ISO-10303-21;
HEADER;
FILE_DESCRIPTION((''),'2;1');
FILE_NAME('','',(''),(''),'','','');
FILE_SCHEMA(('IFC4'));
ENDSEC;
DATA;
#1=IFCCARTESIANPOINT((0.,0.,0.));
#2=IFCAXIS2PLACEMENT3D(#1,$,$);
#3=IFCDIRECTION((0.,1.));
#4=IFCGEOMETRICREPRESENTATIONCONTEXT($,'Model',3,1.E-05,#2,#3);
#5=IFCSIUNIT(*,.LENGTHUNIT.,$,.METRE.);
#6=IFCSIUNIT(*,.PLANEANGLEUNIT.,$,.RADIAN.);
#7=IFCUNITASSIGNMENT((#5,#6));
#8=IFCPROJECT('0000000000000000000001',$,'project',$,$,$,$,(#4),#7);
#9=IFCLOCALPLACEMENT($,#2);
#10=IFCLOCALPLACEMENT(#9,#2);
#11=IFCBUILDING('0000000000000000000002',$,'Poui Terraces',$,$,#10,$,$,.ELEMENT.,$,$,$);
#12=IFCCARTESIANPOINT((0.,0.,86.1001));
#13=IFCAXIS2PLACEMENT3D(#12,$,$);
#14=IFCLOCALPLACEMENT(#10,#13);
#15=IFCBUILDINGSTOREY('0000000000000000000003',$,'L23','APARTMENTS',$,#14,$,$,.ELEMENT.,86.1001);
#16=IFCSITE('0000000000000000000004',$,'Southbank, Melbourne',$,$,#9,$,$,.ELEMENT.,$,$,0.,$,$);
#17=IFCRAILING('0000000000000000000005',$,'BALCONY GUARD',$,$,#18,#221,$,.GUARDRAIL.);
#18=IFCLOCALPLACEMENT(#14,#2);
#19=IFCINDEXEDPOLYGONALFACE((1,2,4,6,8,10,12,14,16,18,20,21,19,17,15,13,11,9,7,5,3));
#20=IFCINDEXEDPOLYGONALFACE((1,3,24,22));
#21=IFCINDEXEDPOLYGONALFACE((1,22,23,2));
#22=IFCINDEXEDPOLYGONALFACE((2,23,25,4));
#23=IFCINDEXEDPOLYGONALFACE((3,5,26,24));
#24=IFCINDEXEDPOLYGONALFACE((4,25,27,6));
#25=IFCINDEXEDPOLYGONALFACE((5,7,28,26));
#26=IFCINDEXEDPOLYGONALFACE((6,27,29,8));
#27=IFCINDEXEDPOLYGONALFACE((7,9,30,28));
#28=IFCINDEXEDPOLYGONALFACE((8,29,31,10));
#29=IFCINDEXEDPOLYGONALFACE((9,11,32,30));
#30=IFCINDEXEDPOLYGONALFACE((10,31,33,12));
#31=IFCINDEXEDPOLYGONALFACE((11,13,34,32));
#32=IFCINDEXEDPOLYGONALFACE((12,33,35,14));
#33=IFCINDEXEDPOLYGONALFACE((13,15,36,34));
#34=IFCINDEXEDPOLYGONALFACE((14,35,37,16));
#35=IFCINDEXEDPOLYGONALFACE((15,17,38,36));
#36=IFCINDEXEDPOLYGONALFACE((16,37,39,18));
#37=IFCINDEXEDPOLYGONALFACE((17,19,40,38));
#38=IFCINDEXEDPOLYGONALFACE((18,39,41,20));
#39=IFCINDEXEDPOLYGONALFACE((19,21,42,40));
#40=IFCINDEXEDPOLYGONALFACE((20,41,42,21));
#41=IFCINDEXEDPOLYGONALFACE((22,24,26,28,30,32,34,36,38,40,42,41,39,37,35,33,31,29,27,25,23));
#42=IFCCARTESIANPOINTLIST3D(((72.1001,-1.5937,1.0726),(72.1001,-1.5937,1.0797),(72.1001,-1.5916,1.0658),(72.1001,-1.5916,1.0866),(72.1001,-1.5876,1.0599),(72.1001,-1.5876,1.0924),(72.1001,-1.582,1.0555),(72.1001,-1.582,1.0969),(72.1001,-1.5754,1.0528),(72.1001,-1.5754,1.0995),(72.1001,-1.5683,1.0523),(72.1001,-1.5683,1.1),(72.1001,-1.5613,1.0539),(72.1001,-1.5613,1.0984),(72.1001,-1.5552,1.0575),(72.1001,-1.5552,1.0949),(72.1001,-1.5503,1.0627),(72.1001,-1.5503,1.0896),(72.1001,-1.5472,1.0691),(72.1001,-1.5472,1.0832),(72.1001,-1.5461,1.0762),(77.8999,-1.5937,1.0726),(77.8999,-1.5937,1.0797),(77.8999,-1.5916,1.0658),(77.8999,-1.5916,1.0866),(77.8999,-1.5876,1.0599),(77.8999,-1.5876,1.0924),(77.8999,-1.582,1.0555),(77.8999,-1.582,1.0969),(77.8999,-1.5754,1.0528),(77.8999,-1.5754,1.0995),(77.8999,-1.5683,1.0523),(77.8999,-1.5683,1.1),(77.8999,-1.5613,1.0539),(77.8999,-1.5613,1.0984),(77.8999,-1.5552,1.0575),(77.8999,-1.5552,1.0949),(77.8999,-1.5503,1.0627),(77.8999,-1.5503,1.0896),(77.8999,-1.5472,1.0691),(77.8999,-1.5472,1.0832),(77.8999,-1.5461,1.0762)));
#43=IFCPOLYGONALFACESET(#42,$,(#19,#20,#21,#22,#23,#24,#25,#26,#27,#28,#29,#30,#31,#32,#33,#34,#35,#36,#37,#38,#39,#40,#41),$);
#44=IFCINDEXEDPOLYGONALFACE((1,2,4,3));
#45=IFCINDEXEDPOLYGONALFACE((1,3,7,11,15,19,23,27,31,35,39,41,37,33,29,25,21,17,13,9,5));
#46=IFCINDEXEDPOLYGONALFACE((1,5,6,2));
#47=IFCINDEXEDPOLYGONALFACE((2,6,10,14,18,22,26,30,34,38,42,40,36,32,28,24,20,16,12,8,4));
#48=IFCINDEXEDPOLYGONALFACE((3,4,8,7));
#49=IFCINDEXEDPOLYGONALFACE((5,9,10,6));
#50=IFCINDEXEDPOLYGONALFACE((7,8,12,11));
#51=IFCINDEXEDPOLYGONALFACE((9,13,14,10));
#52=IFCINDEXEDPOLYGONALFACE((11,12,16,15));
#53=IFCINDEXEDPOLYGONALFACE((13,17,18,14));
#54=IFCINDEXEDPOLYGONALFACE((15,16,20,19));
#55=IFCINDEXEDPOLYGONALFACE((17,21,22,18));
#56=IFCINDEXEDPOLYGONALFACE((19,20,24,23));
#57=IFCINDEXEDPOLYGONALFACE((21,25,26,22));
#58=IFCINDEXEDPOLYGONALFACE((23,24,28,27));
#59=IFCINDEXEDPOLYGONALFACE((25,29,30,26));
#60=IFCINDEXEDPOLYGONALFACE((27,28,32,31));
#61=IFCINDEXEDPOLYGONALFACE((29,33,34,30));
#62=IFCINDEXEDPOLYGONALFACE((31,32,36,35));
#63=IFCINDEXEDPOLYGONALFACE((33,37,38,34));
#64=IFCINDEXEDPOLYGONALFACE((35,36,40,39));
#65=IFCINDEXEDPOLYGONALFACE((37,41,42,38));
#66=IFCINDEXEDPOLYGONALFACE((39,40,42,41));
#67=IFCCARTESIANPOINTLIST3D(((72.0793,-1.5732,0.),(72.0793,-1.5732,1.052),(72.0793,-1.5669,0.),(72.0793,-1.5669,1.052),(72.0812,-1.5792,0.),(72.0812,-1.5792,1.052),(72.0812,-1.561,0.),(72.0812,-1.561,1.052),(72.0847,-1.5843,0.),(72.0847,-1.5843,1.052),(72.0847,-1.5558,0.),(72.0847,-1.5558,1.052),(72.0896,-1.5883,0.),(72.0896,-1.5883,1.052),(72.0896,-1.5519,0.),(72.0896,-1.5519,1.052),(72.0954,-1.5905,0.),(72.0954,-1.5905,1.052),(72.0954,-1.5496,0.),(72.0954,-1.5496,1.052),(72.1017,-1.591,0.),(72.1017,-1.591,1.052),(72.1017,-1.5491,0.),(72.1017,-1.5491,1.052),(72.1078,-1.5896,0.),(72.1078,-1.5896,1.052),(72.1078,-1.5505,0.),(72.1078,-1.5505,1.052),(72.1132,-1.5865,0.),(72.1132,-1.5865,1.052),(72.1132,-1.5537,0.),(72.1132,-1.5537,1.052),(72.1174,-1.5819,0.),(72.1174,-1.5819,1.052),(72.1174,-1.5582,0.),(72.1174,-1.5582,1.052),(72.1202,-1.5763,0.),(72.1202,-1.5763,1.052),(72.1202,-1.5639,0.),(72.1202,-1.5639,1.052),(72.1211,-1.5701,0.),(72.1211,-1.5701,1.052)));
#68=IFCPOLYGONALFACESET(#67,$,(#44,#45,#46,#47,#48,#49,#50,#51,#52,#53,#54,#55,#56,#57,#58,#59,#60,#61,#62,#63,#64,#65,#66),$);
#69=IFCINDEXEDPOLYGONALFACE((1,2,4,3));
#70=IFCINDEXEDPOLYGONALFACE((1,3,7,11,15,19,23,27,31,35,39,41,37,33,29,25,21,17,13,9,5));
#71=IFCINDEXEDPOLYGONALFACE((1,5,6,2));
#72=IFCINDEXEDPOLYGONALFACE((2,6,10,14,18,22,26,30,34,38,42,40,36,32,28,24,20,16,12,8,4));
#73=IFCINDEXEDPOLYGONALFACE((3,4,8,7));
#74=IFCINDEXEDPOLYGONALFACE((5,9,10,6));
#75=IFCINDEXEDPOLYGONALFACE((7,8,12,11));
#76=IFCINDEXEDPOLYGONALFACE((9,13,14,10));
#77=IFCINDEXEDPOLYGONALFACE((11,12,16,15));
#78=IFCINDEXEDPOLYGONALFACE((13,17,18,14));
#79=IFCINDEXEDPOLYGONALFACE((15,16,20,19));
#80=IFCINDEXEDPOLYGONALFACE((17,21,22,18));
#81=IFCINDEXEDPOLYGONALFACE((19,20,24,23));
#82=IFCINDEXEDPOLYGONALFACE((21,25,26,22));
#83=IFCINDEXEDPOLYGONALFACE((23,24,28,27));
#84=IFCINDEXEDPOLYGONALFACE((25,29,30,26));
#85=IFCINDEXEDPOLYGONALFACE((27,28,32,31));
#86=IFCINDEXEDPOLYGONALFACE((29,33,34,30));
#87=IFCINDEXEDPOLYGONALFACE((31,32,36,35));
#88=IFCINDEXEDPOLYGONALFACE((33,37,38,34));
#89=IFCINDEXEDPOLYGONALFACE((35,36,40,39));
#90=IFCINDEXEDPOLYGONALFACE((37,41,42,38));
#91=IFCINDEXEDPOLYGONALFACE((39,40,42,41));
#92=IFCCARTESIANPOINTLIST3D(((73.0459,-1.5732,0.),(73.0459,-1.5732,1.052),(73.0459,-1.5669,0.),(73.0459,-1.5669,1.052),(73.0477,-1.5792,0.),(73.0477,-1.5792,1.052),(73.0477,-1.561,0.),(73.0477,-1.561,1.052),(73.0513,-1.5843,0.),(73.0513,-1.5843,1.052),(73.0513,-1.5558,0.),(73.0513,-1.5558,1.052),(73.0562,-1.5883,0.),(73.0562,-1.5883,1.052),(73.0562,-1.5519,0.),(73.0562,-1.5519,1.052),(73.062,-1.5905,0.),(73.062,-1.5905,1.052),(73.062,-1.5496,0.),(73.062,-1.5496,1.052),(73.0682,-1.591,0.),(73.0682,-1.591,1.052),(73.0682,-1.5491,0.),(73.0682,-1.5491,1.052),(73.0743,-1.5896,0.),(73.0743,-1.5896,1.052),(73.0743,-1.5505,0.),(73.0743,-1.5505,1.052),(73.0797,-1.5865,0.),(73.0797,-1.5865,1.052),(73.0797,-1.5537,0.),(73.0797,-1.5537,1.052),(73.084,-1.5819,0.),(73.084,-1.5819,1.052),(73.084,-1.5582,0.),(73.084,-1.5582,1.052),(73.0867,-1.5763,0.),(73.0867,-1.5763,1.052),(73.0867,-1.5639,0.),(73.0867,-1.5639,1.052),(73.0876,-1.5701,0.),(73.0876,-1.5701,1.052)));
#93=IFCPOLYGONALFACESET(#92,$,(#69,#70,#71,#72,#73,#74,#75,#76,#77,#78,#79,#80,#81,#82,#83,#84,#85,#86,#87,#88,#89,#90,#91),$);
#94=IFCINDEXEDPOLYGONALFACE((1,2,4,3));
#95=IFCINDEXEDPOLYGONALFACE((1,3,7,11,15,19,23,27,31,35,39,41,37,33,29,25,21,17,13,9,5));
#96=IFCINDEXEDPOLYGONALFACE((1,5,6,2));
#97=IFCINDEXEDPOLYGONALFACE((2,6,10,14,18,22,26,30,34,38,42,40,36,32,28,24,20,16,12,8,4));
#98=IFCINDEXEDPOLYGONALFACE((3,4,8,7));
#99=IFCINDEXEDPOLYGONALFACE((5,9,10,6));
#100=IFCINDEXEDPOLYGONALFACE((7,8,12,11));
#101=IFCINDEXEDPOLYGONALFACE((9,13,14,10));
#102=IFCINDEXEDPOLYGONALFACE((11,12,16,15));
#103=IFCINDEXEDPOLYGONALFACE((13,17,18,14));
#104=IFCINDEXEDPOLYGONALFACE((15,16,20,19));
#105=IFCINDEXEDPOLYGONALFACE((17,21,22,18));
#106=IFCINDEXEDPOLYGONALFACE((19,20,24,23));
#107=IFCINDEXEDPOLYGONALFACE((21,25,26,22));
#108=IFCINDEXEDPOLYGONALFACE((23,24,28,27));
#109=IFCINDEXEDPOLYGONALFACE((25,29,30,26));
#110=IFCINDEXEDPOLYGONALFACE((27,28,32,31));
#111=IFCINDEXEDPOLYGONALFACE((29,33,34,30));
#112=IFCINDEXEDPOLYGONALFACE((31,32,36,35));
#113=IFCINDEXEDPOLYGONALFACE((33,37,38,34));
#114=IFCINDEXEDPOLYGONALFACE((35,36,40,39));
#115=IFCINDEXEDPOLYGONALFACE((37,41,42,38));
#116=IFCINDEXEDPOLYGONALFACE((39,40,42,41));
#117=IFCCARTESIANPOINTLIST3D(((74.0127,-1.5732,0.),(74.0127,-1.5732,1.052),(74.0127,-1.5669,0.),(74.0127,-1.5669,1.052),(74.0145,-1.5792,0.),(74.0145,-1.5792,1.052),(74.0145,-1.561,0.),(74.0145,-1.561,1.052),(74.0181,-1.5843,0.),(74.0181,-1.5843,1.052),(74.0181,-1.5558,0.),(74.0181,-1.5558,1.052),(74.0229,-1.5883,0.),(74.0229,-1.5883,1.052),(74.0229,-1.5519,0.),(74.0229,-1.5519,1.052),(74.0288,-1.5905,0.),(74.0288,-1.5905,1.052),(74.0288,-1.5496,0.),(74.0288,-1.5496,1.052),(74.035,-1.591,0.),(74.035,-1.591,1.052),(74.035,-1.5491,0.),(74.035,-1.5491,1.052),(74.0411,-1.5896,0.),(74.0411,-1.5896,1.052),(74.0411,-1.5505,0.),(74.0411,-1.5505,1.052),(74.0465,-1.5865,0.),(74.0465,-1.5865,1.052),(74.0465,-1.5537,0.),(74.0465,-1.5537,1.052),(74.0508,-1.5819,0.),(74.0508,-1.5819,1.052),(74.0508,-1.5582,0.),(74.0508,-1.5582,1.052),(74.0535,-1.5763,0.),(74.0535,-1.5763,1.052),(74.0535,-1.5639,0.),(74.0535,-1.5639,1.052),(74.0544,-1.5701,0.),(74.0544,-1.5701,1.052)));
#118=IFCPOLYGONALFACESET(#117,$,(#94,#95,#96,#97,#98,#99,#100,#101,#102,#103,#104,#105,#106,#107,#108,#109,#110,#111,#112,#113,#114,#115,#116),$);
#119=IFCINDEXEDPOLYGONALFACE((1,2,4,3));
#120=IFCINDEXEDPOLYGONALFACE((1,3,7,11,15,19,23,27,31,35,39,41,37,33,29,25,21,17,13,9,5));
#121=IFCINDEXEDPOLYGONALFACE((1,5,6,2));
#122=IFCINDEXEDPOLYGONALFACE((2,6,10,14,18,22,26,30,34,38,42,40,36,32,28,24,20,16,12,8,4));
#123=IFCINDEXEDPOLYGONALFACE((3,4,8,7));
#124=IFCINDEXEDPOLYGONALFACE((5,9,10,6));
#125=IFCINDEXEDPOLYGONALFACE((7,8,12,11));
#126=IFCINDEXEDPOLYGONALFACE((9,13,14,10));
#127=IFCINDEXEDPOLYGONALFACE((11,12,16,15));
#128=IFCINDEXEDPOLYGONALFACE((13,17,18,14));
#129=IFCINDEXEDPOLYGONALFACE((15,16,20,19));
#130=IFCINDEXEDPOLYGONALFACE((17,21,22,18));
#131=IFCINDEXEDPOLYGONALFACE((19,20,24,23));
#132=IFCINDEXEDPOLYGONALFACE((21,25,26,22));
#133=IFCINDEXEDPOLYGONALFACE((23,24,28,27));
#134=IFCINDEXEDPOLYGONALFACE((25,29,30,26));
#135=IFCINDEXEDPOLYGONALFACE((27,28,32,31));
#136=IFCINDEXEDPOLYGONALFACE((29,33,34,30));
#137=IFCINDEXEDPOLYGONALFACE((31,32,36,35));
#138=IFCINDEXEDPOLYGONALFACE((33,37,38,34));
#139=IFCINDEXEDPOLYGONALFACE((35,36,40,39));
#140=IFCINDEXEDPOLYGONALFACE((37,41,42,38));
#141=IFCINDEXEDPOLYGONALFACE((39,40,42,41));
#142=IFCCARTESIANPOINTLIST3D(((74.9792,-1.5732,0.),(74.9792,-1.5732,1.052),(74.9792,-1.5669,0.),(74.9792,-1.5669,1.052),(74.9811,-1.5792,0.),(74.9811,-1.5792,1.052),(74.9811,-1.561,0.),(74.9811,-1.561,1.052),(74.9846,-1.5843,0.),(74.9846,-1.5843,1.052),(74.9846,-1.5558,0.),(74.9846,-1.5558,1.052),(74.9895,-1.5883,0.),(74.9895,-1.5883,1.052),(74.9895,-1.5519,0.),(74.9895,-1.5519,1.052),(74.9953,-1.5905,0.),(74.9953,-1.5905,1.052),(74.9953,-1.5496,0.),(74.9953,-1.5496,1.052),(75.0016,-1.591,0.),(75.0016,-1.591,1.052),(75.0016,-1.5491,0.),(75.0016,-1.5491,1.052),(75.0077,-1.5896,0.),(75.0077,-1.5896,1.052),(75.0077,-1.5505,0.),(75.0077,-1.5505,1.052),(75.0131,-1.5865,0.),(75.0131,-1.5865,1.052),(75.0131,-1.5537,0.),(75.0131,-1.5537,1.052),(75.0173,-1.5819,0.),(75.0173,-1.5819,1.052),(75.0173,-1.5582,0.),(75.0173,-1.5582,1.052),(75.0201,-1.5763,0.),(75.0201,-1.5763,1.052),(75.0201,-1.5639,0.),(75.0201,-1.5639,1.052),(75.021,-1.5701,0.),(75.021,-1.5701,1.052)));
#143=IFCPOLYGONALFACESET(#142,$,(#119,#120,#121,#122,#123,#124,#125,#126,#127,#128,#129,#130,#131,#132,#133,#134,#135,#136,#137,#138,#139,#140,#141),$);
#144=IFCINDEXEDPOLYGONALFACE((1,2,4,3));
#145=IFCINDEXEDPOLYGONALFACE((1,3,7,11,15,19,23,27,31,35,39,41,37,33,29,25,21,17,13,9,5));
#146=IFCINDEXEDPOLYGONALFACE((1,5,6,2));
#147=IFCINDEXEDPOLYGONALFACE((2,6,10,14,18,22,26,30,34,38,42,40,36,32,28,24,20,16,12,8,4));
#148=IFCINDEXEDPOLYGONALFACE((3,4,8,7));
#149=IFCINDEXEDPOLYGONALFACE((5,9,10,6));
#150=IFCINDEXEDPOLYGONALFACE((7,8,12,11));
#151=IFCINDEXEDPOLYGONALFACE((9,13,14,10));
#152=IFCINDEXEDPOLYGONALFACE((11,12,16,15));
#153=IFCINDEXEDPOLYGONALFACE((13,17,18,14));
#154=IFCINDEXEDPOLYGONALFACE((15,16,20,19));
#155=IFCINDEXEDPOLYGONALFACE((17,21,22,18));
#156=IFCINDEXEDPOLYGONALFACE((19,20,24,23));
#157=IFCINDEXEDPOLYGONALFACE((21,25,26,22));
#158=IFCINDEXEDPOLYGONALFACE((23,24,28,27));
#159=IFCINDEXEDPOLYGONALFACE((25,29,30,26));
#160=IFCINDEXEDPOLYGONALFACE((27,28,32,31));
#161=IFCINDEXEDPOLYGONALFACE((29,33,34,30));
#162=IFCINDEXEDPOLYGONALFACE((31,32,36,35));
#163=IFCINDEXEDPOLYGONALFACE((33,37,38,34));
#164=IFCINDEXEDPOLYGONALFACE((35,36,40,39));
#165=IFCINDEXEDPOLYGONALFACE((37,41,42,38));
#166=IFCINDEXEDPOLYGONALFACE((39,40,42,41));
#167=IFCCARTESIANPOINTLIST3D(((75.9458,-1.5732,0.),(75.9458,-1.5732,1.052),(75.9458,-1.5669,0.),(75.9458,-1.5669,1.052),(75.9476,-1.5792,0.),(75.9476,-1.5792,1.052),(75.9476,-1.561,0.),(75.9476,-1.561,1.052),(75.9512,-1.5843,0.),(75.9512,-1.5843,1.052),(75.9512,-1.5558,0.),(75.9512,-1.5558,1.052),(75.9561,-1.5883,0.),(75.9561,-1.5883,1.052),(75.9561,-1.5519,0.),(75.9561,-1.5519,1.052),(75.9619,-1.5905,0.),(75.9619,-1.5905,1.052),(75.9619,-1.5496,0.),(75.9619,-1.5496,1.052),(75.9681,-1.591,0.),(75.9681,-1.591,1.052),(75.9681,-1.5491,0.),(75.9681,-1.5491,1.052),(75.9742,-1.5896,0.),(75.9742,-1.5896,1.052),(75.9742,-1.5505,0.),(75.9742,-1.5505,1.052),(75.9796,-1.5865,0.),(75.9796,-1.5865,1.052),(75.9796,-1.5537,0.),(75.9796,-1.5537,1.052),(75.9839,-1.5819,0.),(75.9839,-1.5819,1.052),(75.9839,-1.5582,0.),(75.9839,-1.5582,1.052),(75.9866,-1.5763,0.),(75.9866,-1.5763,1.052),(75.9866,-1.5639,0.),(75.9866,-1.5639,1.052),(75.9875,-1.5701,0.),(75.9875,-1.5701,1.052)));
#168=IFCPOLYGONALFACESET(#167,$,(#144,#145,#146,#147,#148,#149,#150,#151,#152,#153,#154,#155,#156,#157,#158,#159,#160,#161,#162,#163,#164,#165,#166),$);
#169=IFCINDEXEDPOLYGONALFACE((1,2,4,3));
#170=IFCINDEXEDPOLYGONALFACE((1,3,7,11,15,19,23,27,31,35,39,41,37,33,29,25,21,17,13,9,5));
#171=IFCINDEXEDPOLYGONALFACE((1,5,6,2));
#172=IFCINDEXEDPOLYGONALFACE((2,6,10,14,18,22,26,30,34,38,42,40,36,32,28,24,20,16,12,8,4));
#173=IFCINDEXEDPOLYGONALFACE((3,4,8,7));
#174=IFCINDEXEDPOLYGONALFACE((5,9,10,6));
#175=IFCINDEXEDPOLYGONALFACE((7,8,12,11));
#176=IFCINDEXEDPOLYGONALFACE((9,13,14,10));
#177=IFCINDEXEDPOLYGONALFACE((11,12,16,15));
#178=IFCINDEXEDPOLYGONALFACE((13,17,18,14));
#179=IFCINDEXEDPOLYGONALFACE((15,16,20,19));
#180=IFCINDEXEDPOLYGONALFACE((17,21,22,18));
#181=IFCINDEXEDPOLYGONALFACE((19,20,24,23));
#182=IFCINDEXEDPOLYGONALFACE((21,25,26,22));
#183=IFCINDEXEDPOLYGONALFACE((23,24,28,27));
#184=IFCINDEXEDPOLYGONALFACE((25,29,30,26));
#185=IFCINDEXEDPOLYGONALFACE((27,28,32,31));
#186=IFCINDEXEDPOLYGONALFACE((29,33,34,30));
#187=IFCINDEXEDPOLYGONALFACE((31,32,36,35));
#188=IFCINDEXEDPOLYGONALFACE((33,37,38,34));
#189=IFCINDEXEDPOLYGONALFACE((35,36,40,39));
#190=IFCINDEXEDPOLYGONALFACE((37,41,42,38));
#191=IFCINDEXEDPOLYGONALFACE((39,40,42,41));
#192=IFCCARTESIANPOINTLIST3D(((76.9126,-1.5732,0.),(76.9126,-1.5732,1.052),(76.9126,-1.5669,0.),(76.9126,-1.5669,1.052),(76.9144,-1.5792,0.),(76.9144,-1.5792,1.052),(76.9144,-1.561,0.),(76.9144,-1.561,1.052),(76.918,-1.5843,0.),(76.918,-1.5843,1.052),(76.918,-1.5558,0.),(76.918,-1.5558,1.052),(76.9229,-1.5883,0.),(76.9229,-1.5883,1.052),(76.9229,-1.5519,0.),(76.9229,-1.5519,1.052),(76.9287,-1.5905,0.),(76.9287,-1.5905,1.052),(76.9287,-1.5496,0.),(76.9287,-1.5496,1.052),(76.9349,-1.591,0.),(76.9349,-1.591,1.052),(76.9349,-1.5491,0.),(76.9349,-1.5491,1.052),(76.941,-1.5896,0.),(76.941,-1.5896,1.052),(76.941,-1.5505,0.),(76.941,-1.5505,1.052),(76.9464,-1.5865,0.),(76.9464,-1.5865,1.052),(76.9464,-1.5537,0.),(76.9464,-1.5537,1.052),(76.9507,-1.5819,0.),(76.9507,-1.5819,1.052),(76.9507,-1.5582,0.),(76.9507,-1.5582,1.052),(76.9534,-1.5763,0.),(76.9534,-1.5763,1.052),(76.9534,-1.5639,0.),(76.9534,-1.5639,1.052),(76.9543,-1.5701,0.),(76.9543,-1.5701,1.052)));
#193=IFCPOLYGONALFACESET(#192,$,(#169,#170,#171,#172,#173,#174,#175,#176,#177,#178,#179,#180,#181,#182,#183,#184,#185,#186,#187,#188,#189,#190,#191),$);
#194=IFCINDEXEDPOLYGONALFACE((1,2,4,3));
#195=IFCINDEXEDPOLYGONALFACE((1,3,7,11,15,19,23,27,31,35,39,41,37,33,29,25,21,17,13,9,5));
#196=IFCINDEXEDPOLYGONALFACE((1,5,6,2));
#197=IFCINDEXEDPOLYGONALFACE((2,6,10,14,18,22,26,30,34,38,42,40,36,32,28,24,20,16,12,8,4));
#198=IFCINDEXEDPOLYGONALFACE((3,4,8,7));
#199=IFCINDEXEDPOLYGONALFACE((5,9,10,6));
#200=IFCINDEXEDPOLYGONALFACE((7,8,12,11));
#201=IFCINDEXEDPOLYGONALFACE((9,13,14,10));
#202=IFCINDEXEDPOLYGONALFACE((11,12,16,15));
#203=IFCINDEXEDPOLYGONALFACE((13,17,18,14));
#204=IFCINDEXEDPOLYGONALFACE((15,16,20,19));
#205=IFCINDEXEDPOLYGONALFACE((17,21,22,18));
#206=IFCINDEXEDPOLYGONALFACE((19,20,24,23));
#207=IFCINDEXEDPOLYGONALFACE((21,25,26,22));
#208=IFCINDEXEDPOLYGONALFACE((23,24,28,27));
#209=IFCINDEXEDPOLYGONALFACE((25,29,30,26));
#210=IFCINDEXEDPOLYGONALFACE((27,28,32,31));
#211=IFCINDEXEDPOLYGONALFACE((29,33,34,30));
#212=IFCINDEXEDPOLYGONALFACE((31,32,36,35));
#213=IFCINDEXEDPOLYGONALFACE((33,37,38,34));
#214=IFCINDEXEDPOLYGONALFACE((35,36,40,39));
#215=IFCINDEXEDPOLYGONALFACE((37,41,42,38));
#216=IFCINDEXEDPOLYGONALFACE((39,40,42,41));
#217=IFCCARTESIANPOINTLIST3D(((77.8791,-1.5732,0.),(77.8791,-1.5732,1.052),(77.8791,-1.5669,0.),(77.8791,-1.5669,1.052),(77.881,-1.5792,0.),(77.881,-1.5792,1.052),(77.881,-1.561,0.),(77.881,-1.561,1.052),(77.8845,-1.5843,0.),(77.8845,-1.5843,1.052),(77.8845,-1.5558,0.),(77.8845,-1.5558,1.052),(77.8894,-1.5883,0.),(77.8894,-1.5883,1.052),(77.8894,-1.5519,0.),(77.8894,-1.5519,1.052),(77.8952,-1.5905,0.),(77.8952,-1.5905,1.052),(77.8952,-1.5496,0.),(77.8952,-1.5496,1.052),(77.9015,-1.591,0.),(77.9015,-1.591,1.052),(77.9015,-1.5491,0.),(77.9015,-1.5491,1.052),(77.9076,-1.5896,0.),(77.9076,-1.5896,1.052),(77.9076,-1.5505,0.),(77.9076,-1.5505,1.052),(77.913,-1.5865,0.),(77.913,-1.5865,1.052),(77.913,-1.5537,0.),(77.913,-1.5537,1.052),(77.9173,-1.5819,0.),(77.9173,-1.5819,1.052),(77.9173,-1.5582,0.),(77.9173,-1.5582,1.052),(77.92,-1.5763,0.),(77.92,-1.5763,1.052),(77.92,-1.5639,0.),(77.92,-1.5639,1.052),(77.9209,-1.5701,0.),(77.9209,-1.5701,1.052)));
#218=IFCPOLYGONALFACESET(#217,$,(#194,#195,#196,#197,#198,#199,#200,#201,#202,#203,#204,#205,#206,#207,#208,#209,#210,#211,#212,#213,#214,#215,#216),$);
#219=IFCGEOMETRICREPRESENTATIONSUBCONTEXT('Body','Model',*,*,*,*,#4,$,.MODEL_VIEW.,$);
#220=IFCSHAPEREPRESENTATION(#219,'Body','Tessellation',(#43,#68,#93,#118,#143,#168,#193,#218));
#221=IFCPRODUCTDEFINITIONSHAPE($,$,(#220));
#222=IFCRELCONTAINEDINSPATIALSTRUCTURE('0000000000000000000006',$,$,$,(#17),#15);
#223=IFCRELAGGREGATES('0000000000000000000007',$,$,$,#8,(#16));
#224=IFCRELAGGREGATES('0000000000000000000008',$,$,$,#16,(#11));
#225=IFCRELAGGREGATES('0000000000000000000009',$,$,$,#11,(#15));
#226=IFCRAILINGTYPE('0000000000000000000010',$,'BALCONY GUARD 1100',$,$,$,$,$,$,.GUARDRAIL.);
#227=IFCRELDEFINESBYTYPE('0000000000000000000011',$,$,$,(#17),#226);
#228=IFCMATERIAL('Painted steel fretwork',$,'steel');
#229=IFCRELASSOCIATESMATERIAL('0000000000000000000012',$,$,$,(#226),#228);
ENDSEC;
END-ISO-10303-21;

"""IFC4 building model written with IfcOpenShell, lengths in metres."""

from ifc_helpers import new_model, si_unit, direction, frame, origin, origin_2d, place, context, subcontext, project, spatial, circle, extrude, material, type_object, element, save


model = new_model("IFC4")

# Units and contexts
model_context = context("Model", 3, precision=1e-05, world=origin(), true_north=direction((0.0, 1.0)))
body_context = subcontext(model_context, "Body", "Model", "MODEL_VIEW")
ifc_project = project(units=[si_unit("LENGTHUNIT", "METRE"), si_unit("PLANEANGLEUNIT", "RADIAN")], contexts=[model_context])

# Site, building, storey
site_placement = place(None, origin())
site = spatial("IfcSite", under=ifc_project, at=site_placement, Name="Southbank, Melbourne", CompositionType="ELEMENT", RefElevation=0.0)
building_placement = place(site_placement, origin())
building = spatial("IfcBuilding", under=site, at=building_placement, Name="Poui Terraces", CompositionType="ELEMENT")
storey_placement = place(building_placement, frame((0.0, 0.0, 86.1001)))
storey = spatial("IfcBuildingStorey", under=building, at=storey_placement, Name="L23", Description="APARTMENTS", CompositionType="ELEMENT", Elevation=86.1001)

# Railing
ifc_material_1 = material(Name="Painted steel fretwork", Category="steel")
railing_type_1 = type_object("IfcRailingType", Name="BALCONY GUARD 1100", PredefinedType="GUARDRAIL", material=ifc_material_1)
railing_1_placement = place(storey_placement, frame((72.1001, -1.5701, 0.0)))
element("IfcRailing", 1, at=railing_1_placement, inside=storey, type_object=railing_type_1, Name="BALCONY GUARD", PredefinedType="GUARDRAIL", context=body_context, shape_type="SweptSolid", body=[
    extrude(circle(Radius=0.0239, at=origin_2d()), frame((0.0, 0.0, 1.0762), z_axis=(1.0, 0.0, 0.0), x_axis=(0.0, 1.0, 0.0)), (0.0, 0.0, 1.0), 5.7998),
    extrude(circle(Radius=0.021, at=origin_2d()), origin(), (0.0, 0.0, 1.0), 1.052),
    extrude(circle(Radius=0.021, at=origin_2d()), frame((0.9666, 0.0, 0.0)), (0.0, 0.0, 1.0), 1.052),
    extrude(circle(Radius=0.021, at=origin_2d()), frame((1.9333, 0.0, 0.0)), (0.0, 0.0, 1.0), 1.052),
    extrude(circle(Radius=0.021, at=origin_2d()), frame((2.8999, 0.0, 0.0)), (0.0, 0.0, 1.0), 1.052),
    extrude(circle(Radius=0.021, at=origin_2d()), frame((3.8665, 0.0, 0.0)), (0.0, 0.0, 1.0), 1.052),
    extrude(circle(Radius=0.021, at=origin_2d()), frame((4.8333, 0.0, 0.0)), (0.0, 0.0, 1.0), 1.052),
    extrude(circle(Radius=0.021, at=origin_2d()), frame((5.7998, 0.0, 0.0)), (0.0, 0.0, 1.0), 1.052),
])

save(model, "model.ifc")
